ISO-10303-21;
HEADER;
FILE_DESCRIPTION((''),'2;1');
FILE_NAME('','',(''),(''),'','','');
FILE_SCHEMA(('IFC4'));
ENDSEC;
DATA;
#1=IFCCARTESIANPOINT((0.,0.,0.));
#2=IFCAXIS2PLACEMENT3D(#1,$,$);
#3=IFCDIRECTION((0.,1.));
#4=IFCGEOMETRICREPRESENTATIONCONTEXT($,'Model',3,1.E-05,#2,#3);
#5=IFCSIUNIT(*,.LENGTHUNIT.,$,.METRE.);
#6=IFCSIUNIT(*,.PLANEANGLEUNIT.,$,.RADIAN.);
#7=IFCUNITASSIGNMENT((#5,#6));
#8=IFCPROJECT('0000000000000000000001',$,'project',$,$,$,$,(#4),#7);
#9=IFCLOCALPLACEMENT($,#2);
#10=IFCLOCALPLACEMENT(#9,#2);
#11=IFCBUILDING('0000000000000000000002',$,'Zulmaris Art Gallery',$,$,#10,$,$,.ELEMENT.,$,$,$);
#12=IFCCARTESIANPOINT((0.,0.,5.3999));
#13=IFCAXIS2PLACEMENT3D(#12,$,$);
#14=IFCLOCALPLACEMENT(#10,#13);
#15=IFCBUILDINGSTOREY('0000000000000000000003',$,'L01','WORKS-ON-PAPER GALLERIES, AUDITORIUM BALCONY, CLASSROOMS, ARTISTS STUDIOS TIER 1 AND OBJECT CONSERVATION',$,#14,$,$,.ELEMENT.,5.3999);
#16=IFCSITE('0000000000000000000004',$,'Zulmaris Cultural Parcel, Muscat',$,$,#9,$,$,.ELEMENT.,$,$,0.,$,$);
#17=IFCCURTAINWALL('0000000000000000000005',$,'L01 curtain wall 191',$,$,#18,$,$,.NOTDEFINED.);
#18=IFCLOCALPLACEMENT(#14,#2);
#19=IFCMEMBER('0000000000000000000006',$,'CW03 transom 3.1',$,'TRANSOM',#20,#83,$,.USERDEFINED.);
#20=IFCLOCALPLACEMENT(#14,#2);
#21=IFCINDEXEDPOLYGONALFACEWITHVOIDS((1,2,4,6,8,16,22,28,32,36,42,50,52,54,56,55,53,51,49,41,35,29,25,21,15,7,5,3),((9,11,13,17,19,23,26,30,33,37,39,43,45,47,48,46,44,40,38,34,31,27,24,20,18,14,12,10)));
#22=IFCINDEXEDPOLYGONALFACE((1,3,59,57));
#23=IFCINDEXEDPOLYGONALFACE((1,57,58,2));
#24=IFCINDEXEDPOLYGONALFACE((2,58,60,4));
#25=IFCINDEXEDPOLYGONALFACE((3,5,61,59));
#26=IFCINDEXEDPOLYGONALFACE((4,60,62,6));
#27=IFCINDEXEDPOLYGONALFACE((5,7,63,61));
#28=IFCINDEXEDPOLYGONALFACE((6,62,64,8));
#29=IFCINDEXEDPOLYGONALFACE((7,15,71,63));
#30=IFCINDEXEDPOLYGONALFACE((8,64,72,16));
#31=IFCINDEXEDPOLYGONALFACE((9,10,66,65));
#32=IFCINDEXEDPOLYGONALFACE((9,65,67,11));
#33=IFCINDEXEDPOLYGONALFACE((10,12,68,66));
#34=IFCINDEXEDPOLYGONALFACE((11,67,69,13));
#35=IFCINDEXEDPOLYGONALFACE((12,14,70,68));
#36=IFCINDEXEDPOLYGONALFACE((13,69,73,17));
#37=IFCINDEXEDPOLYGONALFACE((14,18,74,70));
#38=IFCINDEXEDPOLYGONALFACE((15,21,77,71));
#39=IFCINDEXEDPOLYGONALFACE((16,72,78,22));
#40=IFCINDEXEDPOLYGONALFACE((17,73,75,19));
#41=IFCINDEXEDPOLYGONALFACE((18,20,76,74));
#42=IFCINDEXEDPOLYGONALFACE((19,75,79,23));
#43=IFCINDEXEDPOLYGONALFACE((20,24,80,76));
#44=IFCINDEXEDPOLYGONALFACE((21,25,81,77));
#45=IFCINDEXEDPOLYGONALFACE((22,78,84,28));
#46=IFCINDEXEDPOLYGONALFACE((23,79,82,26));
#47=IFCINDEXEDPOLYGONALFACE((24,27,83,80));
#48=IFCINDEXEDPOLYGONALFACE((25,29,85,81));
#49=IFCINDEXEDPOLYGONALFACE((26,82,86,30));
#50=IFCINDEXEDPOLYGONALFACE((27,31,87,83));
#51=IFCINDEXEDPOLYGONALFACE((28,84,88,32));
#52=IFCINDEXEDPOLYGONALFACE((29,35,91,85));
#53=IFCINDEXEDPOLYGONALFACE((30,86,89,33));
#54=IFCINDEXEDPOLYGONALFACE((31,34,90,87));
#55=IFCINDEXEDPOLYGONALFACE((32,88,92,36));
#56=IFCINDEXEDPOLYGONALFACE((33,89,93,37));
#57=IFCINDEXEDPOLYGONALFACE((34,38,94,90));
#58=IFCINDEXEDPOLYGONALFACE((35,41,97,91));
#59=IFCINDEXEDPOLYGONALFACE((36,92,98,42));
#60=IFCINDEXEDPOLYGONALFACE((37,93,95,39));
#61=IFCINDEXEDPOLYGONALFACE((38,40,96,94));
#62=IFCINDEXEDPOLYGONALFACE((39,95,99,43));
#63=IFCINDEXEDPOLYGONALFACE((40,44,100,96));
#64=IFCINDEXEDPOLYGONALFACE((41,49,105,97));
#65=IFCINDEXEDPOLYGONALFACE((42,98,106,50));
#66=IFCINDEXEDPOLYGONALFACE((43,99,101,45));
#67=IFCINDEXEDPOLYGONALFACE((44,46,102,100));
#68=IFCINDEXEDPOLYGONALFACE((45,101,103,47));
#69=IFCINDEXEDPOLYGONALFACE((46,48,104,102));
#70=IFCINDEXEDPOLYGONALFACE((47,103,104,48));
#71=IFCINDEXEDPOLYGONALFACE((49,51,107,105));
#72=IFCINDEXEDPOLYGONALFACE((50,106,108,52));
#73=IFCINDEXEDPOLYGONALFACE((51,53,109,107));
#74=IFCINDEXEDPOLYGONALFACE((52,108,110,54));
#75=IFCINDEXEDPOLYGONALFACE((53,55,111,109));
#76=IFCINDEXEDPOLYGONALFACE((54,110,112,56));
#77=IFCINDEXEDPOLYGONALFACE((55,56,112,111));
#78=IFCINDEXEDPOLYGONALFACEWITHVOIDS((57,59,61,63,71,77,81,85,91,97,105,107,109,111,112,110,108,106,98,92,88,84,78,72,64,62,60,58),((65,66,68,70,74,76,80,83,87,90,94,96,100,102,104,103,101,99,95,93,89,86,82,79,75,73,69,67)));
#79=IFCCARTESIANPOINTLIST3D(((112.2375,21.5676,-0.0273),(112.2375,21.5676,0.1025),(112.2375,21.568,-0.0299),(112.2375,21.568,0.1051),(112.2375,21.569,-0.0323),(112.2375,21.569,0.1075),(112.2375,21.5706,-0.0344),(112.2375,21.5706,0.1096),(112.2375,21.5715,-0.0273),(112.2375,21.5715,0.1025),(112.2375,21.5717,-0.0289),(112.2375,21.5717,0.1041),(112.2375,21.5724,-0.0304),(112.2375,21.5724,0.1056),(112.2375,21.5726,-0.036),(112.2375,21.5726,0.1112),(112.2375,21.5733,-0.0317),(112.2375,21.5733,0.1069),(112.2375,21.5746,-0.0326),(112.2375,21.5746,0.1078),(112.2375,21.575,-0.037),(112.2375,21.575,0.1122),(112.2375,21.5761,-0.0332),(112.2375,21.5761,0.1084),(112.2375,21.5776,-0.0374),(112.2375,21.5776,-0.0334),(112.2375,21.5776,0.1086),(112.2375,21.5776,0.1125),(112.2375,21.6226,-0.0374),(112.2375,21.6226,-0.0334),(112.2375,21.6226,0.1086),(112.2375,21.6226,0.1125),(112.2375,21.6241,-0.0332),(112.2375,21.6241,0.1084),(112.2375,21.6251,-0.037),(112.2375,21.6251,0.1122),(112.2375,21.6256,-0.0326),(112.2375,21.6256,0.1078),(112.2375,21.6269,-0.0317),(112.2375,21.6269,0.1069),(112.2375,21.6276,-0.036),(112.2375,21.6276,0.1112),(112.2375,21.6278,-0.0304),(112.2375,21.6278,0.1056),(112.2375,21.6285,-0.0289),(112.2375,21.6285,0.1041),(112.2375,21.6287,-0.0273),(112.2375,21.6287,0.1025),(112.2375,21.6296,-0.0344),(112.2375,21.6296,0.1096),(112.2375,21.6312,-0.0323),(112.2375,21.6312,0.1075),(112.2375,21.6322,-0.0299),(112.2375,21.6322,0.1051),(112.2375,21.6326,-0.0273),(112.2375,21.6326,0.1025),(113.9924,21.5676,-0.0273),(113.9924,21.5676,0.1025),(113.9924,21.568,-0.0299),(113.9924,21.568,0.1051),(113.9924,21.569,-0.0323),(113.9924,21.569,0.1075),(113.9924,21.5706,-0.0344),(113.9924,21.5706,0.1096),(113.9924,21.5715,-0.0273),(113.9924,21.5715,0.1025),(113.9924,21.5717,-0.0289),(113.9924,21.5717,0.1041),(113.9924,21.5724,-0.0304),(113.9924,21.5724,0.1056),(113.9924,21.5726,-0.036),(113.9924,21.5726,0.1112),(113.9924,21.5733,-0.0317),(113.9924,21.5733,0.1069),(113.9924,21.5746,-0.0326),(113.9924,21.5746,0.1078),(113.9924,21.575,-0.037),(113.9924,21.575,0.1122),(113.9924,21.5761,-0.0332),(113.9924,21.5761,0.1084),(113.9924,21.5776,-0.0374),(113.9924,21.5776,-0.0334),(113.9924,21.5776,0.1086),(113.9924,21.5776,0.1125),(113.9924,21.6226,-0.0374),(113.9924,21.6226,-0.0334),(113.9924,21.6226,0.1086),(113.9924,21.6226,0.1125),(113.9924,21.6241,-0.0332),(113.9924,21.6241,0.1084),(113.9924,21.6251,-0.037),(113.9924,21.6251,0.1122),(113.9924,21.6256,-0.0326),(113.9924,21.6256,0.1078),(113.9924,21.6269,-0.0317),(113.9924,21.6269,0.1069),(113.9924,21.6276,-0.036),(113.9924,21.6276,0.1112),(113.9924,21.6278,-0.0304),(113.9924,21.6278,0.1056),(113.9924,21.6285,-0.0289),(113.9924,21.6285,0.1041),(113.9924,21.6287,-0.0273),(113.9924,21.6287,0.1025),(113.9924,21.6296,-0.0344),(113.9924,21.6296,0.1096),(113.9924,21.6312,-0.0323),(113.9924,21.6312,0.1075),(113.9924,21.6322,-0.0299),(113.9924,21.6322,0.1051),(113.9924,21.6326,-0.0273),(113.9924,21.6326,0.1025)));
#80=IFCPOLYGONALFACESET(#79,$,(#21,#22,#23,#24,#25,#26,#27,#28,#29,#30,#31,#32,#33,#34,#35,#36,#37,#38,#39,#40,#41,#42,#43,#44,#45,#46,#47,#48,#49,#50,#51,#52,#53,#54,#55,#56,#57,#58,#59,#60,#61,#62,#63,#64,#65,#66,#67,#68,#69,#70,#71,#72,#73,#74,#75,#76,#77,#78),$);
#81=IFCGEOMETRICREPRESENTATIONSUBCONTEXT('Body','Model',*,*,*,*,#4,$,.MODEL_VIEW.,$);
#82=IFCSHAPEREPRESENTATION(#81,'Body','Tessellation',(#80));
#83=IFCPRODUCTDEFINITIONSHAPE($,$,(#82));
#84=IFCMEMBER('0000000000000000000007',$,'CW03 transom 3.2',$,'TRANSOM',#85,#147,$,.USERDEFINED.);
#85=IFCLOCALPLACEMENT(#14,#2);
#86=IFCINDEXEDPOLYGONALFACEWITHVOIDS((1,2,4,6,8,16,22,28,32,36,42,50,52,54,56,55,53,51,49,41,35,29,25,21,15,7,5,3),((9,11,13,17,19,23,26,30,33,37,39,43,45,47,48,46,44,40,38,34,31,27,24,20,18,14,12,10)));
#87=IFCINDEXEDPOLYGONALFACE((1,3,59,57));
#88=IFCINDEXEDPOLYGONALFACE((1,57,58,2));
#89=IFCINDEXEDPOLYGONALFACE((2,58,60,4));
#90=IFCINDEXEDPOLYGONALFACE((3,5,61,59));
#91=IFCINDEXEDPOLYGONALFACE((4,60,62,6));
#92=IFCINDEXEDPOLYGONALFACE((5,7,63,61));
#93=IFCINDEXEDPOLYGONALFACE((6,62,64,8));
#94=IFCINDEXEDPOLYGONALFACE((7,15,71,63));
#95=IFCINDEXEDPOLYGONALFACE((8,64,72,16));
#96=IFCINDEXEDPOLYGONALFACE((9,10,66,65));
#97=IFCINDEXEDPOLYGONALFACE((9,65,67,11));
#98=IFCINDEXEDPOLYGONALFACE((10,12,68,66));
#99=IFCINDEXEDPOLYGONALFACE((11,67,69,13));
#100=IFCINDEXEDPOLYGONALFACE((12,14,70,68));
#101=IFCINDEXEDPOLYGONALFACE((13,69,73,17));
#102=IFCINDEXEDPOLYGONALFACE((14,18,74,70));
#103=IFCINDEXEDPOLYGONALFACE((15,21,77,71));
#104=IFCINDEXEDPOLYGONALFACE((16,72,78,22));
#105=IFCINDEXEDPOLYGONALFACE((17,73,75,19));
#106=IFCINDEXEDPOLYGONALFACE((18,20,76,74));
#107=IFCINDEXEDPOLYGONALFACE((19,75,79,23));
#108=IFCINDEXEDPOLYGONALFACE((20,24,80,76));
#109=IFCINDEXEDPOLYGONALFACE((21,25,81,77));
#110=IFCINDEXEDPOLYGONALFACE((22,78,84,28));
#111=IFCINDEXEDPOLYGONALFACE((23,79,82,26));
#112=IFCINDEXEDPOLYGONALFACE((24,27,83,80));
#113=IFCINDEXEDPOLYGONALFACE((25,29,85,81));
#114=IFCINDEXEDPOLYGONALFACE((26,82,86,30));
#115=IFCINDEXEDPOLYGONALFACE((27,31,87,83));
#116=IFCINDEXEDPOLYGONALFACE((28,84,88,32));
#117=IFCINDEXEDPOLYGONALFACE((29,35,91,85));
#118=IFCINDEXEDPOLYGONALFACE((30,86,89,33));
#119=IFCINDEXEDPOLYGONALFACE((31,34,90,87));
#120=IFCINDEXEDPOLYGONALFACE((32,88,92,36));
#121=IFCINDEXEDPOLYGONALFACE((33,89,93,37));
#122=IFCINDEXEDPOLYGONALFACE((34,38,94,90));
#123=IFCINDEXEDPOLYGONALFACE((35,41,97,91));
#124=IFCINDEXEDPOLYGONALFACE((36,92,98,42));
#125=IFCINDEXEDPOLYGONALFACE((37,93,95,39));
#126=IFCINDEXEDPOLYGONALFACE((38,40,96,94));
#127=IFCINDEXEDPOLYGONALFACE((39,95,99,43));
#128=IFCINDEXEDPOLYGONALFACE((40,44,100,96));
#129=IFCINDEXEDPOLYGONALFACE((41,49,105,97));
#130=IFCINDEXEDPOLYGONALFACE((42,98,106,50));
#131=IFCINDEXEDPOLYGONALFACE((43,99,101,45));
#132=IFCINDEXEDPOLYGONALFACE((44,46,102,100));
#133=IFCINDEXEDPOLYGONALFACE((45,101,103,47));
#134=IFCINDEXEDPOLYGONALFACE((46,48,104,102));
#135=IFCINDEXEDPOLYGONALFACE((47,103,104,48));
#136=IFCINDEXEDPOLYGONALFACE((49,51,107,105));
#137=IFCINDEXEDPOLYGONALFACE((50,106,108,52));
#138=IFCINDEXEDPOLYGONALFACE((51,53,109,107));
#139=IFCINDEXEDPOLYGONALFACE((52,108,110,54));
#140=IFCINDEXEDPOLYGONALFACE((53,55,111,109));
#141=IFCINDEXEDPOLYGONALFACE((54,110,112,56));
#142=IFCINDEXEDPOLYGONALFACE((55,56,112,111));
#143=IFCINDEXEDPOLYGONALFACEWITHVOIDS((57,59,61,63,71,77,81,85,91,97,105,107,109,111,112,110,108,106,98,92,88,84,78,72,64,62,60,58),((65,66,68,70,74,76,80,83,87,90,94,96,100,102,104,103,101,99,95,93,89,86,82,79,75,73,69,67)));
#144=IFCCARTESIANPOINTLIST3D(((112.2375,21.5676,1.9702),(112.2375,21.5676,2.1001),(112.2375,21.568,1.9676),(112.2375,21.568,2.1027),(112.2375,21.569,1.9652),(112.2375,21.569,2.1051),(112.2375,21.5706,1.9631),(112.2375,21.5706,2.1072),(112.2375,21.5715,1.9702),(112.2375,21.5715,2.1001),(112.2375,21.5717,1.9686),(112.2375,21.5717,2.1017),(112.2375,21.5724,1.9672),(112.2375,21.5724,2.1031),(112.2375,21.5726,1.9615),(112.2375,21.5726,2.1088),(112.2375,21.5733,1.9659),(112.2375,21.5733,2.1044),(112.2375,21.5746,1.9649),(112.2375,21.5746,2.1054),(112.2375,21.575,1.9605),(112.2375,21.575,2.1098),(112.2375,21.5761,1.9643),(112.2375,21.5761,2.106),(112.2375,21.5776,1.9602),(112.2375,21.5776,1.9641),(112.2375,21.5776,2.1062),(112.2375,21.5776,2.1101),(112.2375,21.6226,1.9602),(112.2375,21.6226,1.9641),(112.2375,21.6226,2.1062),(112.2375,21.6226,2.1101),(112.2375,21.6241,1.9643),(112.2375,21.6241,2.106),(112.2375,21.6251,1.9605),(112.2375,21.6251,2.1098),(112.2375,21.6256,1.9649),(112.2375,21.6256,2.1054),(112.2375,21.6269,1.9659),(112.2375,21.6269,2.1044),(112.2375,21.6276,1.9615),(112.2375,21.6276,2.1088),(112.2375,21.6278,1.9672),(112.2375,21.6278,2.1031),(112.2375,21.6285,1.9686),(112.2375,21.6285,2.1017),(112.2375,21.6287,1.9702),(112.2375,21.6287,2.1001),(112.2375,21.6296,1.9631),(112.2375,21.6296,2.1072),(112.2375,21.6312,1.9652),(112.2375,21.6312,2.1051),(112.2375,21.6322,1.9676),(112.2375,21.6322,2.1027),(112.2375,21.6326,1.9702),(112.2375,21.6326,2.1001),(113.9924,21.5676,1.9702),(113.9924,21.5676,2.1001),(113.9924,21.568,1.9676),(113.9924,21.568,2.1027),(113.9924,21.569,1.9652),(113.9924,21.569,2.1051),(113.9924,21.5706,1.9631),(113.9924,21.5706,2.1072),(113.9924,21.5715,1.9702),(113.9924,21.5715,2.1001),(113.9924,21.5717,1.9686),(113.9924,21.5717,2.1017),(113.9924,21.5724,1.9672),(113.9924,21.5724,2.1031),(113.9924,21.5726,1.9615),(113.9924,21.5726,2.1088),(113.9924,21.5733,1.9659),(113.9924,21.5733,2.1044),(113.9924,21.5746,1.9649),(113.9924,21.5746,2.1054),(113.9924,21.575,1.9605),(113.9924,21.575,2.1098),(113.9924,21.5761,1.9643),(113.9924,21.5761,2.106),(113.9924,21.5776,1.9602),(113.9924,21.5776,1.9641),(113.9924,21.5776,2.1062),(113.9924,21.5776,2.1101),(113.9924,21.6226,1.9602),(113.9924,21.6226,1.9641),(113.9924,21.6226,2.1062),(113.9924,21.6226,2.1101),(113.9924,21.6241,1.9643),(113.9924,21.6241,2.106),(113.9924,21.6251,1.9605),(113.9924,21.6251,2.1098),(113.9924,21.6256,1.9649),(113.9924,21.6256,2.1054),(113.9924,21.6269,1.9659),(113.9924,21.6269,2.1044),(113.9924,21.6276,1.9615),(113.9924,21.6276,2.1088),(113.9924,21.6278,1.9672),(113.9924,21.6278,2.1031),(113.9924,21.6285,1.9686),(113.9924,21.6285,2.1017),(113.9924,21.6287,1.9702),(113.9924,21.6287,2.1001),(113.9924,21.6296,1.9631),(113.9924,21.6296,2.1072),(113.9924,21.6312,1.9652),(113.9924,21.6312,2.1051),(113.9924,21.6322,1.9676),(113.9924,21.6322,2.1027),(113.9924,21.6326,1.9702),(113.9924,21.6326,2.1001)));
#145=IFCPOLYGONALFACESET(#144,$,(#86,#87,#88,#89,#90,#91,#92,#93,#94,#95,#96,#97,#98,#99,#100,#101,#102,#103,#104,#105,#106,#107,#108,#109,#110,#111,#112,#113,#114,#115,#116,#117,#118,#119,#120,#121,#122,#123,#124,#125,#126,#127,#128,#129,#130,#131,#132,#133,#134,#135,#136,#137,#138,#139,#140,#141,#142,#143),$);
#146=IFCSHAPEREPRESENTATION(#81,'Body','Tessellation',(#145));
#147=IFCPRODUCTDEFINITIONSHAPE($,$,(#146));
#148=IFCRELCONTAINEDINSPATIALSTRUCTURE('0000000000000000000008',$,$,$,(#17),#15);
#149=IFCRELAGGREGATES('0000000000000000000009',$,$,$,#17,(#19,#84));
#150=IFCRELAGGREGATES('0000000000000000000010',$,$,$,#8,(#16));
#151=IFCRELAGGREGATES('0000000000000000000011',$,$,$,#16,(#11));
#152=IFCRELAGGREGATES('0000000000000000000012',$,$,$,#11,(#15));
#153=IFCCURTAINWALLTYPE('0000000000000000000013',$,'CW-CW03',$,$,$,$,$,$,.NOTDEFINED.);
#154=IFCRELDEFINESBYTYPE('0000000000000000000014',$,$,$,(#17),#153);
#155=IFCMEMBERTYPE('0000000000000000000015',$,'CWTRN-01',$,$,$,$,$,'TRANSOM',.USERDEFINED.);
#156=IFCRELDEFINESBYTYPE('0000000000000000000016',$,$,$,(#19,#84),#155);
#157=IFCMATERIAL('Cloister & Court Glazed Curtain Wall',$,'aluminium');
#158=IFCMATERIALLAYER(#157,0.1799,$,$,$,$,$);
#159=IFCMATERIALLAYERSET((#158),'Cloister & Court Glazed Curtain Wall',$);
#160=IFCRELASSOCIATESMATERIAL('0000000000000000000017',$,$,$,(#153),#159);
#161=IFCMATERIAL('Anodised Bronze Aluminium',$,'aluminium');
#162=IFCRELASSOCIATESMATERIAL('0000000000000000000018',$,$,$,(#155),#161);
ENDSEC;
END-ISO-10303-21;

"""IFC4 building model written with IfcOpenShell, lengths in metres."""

from ifc_helpers import new_model, si_unit, direction, frame, origin, origin_2d, place, context, subcontext, project, spatial, hollow_rectangle, extrude, material, layer, layer_set, material_profile, profile_set, type_object, element, aggregate, save


model = new_model("IFC4")

# Units and contexts
model_context = context("Model", 3, precision=1e-05, world=origin(), true_north=direction((0.0, 1.0)))
body_context = subcontext(model_context, "Body", "Model", "MODEL_VIEW")
ifc_project = project(units=[si_unit("LENGTHUNIT", "METRE"), si_unit("PLANEANGLEUNIT", "RADIAN")], contexts=[model_context])

# Site, building, storey
site_placement = place(None, origin())
site = spatial("IfcSite", under=ifc_project, at=site_placement, Name="Zulmaris Cultural Parcel, Muscat", CompositionType="ELEMENT", RefElevation=0.0)
building_placement = place(site_placement, origin())
building = spatial("IfcBuilding", under=site, at=building_placement, Name="Zulmaris Art Gallery", CompositionType="ELEMENT")
storey_placement = place(building_placement, frame((0.0, 0.0, 5.3999)))
storey = spatial("IfcBuildingStorey", under=building, at=storey_placement, Name="L01", Description="WORKS-ON-PAPER GALLERIES, AUDITORIUM BALCONY, CLASSROOMS, ARTISTS STUDIOS TIER 1 AND OBJECT CONSERVATION", CompositionType="ELEMENT", Elevation=5.3999)

# Shared definitions
ifc_material_1 = material(Name="Cloister & Court Glazed Curtain Wall", Category="aluminium")
ifc_layer_1 = layer(ifc_material_1, 0.1799)
ifc_layer_set_1 = layer_set([ifc_layer_1], Name="Cloister & Court Glazed Curtain Wall")
curtain_wall_type = type_object("IfcCurtainWallType", Name="CW-CW03", PredefinedType="NOTDEFINED", material=ifc_layer_set_1)
ifc_material_2 = material(Name="Anodised Bronze Aluminium", Category="aluminium")

# Curtain wall, members
curtain_wall_1_placement = place(storey_placement, origin())
curtain_wall_1 = element("IfcCurtainWall", 1, at=curtain_wall_1_placement, inside=storey, type_object=curtain_wall_type, Name="L01 curtain wall 191", PredefinedType="NOTDEFINED")
ifc_material_profile_1 = material_profile(ifc_material_2, hollow_rectangle(XDim=0.0649, YDim=0.1499, WallThickness=0.0039, InnerFilletRadius=0.0061, OuterFilletRadius=0.01, at=origin_2d()), Name="ALU 65x150x4")
ifc_profile_set_1 = profile_set([ifc_material_profile_1], Name="Anodised Bronze Aluminium")
member_type_1 = type_object("IfcMemberType", Name="CWTRN-01", ElementType="TRANSOM", PredefinedType="USERDEFINED", material=ifc_profile_set_1)
member_1_placement = place(storey_placement, frame((112.2375, 21.6001, 0.0376), z_axis=(1.0, 0.0, 0.0), x_axis=(0.0, 1.0, 0.0)))
member_1 = element("IfcMember", 2, at=member_1_placement, type_object=member_type_1, Name="CW03 transom 3.1", ObjectType="TRANSOM", PredefinedType="USERDEFINED", context=body_context, shape_type="SweptSolid", body=[
    extrude(hollow_rectangle(XDim=0.0649, YDim=0.1499, WallThickness=0.0039, InnerFilletRadius=0.0061, OuterFilletRadius=0.01, at=origin_2d()), origin(), (0.0, 0.0, 1.0), 1.7549),
])
member_2_placement = place(storey_placement, frame((112.2375, 21.6001, 2.0352), z_axis=(1.0, 0.0, 0.0), x_axis=(0.0, 1.0, 0.0)))
member_2 = element("IfcMember", 3, at=member_2_placement, type_object=member_type_1, Name="CW03 transom 3.2", ObjectType="TRANSOM", PredefinedType="USERDEFINED", context=body_context, shape_type="SweptSolid", body=[
    extrude(hollow_rectangle(XDim=0.0649, YDim=0.1499, WallThickness=0.0039, InnerFilletRadius=0.0061, OuterFilletRadius=0.01, at=origin_2d()), origin(), (0.0, 0.0, 1.0), 1.7549),
])

aggregate(curtain_wall_1, [member_1, member_2])

save(model, "model.ifc")
